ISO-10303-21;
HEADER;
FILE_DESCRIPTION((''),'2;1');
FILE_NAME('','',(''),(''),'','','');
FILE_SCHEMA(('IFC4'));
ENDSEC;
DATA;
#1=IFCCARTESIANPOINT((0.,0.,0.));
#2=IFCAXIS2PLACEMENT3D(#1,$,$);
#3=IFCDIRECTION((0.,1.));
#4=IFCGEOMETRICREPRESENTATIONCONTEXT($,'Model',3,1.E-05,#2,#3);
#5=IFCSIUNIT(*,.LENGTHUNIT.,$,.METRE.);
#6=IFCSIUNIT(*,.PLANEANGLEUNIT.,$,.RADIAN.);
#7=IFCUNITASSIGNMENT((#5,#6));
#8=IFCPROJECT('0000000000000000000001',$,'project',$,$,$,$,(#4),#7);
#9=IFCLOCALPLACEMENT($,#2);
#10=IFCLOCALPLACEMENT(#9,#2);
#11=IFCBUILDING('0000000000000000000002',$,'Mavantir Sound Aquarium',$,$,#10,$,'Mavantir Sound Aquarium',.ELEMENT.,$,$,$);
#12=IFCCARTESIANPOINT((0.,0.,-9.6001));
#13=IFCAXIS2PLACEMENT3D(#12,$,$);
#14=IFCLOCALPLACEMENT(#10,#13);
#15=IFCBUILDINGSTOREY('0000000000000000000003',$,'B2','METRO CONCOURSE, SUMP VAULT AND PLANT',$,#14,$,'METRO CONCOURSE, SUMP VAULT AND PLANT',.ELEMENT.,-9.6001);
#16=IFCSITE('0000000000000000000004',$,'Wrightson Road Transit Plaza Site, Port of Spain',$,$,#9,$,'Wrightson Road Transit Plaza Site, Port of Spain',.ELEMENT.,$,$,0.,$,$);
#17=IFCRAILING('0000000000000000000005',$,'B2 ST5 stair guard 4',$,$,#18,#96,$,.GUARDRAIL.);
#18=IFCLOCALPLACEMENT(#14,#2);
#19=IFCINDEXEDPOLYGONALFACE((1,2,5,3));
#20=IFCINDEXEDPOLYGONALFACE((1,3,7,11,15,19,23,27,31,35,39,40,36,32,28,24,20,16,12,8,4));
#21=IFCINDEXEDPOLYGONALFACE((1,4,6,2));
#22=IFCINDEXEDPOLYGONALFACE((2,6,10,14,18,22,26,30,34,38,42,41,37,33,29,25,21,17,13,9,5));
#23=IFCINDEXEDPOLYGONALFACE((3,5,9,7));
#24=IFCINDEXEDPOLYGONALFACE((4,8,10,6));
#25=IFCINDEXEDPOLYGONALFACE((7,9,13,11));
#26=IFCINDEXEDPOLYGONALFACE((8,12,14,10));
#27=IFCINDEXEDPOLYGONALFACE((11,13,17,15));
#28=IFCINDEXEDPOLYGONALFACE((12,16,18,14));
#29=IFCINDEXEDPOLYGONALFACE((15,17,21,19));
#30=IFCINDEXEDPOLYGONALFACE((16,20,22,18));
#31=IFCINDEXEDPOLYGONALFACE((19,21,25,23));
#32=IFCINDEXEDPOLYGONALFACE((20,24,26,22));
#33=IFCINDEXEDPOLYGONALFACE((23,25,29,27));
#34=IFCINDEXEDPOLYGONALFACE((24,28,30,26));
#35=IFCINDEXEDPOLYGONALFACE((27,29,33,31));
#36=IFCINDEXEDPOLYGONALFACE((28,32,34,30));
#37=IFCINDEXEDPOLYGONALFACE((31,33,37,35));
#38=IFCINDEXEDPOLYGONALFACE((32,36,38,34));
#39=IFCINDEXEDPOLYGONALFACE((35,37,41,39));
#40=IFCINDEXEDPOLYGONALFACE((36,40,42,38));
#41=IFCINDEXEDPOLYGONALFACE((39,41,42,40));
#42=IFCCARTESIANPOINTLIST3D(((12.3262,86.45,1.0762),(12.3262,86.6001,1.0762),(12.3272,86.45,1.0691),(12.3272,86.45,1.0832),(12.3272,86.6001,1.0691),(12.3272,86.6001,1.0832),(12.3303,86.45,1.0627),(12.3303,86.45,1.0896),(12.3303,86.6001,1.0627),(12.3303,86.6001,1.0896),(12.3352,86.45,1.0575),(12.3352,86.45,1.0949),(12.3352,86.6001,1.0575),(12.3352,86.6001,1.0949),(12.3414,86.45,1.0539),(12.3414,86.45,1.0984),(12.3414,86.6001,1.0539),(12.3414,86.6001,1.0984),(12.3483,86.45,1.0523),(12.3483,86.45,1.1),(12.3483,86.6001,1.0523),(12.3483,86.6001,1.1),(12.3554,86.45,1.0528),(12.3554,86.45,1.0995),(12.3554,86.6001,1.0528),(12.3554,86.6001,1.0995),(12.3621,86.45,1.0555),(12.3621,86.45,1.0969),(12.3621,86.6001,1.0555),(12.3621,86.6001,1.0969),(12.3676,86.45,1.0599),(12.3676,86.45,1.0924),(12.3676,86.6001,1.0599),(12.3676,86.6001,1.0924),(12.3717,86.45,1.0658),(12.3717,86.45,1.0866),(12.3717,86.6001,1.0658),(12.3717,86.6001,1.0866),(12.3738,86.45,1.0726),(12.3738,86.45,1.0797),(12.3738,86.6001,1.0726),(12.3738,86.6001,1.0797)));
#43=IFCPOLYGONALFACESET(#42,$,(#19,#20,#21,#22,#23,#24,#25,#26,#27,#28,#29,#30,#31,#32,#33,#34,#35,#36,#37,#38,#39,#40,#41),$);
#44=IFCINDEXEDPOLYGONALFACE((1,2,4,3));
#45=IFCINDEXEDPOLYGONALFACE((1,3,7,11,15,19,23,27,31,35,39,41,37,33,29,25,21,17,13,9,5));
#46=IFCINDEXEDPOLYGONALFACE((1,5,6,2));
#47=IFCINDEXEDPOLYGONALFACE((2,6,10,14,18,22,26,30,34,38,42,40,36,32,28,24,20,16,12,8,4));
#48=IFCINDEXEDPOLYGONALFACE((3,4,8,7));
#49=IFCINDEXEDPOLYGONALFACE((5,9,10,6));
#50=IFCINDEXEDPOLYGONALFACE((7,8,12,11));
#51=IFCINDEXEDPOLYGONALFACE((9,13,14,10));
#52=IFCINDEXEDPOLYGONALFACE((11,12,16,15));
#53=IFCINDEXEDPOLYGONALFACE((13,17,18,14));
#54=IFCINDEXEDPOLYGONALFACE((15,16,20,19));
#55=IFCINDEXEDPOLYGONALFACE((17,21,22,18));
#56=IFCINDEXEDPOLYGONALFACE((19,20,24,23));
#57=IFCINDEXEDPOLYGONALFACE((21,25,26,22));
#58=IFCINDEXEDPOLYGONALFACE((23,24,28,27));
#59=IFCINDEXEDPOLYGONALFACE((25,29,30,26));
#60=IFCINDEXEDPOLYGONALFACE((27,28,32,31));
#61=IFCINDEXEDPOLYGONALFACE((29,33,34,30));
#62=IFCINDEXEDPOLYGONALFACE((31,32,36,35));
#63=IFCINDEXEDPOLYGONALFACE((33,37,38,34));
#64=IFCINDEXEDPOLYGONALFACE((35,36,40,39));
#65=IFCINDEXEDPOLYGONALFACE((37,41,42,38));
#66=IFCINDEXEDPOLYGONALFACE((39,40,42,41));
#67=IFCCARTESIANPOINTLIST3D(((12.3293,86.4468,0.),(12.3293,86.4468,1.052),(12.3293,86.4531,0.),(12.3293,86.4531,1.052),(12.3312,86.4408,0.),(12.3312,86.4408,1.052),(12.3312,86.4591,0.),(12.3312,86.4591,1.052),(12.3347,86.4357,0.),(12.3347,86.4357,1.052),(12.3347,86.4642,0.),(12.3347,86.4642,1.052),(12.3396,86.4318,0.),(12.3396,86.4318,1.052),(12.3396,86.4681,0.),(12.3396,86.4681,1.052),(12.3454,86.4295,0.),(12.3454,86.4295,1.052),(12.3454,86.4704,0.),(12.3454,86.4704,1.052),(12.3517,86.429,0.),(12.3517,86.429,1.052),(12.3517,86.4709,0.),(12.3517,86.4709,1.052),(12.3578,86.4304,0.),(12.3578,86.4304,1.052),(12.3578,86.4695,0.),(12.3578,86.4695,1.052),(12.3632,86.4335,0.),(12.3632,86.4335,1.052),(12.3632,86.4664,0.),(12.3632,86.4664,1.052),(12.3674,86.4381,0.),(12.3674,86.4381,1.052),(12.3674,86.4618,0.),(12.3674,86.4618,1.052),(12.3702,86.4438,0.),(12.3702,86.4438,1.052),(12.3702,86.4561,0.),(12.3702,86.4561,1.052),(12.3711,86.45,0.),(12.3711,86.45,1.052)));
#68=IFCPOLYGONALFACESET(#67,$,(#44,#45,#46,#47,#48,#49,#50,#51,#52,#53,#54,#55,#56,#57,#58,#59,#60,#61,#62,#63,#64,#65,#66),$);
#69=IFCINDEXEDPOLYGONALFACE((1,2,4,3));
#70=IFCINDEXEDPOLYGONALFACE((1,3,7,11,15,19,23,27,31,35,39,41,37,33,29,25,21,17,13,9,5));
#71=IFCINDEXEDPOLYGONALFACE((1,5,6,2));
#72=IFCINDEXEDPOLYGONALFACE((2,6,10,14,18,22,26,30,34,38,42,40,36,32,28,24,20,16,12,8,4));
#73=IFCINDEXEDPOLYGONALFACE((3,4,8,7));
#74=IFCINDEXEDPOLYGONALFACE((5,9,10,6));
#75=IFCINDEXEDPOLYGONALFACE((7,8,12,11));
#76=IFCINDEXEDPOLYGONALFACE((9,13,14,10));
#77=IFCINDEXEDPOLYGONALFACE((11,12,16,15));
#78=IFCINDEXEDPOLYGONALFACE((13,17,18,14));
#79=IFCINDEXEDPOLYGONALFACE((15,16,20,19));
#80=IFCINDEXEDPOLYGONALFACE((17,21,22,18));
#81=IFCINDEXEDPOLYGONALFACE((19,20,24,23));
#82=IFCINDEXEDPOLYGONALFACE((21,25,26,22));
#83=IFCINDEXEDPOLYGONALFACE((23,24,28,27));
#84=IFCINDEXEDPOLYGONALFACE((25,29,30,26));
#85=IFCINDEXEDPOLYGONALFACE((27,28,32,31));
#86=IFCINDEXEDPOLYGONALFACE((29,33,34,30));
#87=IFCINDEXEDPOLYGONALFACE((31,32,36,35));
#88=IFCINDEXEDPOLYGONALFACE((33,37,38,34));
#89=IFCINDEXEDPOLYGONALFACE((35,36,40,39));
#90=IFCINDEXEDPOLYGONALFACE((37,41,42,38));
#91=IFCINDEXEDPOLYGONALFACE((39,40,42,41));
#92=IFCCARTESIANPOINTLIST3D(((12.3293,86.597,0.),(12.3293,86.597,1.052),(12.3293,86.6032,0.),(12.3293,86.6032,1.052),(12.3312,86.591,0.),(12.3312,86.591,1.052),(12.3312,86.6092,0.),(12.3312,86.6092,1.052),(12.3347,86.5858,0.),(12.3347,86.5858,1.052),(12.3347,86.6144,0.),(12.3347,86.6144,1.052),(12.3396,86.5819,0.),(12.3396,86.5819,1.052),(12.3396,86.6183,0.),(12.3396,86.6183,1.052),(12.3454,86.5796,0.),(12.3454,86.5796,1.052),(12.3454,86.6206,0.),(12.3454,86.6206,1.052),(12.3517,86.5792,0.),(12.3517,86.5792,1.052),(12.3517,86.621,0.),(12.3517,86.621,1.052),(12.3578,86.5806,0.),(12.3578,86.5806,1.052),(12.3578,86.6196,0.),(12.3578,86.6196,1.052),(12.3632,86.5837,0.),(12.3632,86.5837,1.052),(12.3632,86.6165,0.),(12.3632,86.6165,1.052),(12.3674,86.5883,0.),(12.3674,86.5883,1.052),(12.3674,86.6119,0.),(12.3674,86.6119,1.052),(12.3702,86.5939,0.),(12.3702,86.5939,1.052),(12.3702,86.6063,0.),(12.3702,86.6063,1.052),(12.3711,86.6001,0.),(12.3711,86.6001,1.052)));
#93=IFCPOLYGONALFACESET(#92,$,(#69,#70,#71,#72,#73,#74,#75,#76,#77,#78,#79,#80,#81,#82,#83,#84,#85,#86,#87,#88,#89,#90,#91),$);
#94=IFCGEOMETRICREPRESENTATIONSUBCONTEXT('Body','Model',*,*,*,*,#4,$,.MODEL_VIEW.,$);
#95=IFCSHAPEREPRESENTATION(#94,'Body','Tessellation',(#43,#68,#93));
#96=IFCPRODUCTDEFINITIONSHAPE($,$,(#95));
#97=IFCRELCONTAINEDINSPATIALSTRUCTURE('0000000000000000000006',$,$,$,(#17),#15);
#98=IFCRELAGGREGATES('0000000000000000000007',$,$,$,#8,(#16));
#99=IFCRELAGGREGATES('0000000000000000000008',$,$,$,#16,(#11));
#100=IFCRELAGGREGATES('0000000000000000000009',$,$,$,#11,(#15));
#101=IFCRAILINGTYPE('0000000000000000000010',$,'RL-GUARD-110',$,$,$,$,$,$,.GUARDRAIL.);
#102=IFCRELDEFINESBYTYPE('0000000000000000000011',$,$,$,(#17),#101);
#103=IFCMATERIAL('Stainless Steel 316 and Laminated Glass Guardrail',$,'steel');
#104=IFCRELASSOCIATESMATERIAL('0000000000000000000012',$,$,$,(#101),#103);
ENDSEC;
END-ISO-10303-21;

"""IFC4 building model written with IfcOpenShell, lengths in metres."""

from ifc_helpers import new_model, si_unit, direction, frame, origin, origin_2d, place, context, subcontext, project, spatial, circle, extrude, material, type_object, element, save


model = new_model("IFC4")

# Units and contexts
model_context = context("Model", 3, precision=1e-05, world=origin(), true_north=direction((0.0, 1.0)))
body_context = subcontext(model_context, "Body", "Model", "MODEL_VIEW")
ifc_project = project(units=[si_unit("LENGTHUNIT", "METRE"), si_unit("PLANEANGLEUNIT", "RADIAN")], contexts=[model_context])

# Site, building, storey
site_placement = place(None, origin())
site = spatial("IfcSite", under=ifc_project, at=site_placement, Name="Wrightson Road Transit Plaza Site, Port of Spain", LongName="Wrightson Road Transit Plaza Site, Port of Spain", CompositionType="ELEMENT", RefElevation=0.0)
building_placement = place(site_placement, origin())
building = spatial("IfcBuilding", under=site, at=building_placement, Name="Mavantir Sound Aquarium", LongName="Mavantir Sound Aquarium", CompositionType="ELEMENT")
storey_placement = place(building_placement, frame((0.0, 0.0, -9.6001)))
storey = spatial("IfcBuildingStorey", under=building, at=storey_placement, Name="B2", Description="METRO CONCOURSE, SUMP VAULT AND PLANT", LongName="METRO CONCOURSE, SUMP VAULT AND PLANT", CompositionType="ELEMENT", Elevation=-9.6001)

# Railing
ifc_material_1 = material(Name="Stainless Steel 316 and Laminated Glass Guardrail", Category="steel")
railing_type_1 = type_object("IfcRailingType", Name="RL-GUARD-110", PredefinedType="GUARDRAIL", material=ifc_material_1)
railing_1_placement = place(storey_placement, frame((12.3501, 86.45, 0.0)))
element("IfcRailing", 1, at=railing_1_placement, inside=storey, type_object=railing_type_1, Name="B2 ST5 stair guard 4", PredefinedType="GUARDRAIL", context=body_context, shape_type="SweptSolid", body=[
    extrude(circle(Radius=0.0239, at=origin_2d()), frame((0.0, 0.0, 1.0762), z_axis=(0.0, 1.0, 0.0), x_axis=(-1.0, 0.0, 0.0)), (0.0, 0.0, 1.0), 0.1501),
    extrude(circle(Radius=0.021, at=origin_2d()), origin(), (0.0, 0.0, 1.0), 1.052),
    extrude(circle(Radius=0.021, at=origin_2d()), frame((0.0, 0.1501, 0.0)), (0.0, 0.0, 1.0), 1.052),
])

save(model, "model.ifc")
